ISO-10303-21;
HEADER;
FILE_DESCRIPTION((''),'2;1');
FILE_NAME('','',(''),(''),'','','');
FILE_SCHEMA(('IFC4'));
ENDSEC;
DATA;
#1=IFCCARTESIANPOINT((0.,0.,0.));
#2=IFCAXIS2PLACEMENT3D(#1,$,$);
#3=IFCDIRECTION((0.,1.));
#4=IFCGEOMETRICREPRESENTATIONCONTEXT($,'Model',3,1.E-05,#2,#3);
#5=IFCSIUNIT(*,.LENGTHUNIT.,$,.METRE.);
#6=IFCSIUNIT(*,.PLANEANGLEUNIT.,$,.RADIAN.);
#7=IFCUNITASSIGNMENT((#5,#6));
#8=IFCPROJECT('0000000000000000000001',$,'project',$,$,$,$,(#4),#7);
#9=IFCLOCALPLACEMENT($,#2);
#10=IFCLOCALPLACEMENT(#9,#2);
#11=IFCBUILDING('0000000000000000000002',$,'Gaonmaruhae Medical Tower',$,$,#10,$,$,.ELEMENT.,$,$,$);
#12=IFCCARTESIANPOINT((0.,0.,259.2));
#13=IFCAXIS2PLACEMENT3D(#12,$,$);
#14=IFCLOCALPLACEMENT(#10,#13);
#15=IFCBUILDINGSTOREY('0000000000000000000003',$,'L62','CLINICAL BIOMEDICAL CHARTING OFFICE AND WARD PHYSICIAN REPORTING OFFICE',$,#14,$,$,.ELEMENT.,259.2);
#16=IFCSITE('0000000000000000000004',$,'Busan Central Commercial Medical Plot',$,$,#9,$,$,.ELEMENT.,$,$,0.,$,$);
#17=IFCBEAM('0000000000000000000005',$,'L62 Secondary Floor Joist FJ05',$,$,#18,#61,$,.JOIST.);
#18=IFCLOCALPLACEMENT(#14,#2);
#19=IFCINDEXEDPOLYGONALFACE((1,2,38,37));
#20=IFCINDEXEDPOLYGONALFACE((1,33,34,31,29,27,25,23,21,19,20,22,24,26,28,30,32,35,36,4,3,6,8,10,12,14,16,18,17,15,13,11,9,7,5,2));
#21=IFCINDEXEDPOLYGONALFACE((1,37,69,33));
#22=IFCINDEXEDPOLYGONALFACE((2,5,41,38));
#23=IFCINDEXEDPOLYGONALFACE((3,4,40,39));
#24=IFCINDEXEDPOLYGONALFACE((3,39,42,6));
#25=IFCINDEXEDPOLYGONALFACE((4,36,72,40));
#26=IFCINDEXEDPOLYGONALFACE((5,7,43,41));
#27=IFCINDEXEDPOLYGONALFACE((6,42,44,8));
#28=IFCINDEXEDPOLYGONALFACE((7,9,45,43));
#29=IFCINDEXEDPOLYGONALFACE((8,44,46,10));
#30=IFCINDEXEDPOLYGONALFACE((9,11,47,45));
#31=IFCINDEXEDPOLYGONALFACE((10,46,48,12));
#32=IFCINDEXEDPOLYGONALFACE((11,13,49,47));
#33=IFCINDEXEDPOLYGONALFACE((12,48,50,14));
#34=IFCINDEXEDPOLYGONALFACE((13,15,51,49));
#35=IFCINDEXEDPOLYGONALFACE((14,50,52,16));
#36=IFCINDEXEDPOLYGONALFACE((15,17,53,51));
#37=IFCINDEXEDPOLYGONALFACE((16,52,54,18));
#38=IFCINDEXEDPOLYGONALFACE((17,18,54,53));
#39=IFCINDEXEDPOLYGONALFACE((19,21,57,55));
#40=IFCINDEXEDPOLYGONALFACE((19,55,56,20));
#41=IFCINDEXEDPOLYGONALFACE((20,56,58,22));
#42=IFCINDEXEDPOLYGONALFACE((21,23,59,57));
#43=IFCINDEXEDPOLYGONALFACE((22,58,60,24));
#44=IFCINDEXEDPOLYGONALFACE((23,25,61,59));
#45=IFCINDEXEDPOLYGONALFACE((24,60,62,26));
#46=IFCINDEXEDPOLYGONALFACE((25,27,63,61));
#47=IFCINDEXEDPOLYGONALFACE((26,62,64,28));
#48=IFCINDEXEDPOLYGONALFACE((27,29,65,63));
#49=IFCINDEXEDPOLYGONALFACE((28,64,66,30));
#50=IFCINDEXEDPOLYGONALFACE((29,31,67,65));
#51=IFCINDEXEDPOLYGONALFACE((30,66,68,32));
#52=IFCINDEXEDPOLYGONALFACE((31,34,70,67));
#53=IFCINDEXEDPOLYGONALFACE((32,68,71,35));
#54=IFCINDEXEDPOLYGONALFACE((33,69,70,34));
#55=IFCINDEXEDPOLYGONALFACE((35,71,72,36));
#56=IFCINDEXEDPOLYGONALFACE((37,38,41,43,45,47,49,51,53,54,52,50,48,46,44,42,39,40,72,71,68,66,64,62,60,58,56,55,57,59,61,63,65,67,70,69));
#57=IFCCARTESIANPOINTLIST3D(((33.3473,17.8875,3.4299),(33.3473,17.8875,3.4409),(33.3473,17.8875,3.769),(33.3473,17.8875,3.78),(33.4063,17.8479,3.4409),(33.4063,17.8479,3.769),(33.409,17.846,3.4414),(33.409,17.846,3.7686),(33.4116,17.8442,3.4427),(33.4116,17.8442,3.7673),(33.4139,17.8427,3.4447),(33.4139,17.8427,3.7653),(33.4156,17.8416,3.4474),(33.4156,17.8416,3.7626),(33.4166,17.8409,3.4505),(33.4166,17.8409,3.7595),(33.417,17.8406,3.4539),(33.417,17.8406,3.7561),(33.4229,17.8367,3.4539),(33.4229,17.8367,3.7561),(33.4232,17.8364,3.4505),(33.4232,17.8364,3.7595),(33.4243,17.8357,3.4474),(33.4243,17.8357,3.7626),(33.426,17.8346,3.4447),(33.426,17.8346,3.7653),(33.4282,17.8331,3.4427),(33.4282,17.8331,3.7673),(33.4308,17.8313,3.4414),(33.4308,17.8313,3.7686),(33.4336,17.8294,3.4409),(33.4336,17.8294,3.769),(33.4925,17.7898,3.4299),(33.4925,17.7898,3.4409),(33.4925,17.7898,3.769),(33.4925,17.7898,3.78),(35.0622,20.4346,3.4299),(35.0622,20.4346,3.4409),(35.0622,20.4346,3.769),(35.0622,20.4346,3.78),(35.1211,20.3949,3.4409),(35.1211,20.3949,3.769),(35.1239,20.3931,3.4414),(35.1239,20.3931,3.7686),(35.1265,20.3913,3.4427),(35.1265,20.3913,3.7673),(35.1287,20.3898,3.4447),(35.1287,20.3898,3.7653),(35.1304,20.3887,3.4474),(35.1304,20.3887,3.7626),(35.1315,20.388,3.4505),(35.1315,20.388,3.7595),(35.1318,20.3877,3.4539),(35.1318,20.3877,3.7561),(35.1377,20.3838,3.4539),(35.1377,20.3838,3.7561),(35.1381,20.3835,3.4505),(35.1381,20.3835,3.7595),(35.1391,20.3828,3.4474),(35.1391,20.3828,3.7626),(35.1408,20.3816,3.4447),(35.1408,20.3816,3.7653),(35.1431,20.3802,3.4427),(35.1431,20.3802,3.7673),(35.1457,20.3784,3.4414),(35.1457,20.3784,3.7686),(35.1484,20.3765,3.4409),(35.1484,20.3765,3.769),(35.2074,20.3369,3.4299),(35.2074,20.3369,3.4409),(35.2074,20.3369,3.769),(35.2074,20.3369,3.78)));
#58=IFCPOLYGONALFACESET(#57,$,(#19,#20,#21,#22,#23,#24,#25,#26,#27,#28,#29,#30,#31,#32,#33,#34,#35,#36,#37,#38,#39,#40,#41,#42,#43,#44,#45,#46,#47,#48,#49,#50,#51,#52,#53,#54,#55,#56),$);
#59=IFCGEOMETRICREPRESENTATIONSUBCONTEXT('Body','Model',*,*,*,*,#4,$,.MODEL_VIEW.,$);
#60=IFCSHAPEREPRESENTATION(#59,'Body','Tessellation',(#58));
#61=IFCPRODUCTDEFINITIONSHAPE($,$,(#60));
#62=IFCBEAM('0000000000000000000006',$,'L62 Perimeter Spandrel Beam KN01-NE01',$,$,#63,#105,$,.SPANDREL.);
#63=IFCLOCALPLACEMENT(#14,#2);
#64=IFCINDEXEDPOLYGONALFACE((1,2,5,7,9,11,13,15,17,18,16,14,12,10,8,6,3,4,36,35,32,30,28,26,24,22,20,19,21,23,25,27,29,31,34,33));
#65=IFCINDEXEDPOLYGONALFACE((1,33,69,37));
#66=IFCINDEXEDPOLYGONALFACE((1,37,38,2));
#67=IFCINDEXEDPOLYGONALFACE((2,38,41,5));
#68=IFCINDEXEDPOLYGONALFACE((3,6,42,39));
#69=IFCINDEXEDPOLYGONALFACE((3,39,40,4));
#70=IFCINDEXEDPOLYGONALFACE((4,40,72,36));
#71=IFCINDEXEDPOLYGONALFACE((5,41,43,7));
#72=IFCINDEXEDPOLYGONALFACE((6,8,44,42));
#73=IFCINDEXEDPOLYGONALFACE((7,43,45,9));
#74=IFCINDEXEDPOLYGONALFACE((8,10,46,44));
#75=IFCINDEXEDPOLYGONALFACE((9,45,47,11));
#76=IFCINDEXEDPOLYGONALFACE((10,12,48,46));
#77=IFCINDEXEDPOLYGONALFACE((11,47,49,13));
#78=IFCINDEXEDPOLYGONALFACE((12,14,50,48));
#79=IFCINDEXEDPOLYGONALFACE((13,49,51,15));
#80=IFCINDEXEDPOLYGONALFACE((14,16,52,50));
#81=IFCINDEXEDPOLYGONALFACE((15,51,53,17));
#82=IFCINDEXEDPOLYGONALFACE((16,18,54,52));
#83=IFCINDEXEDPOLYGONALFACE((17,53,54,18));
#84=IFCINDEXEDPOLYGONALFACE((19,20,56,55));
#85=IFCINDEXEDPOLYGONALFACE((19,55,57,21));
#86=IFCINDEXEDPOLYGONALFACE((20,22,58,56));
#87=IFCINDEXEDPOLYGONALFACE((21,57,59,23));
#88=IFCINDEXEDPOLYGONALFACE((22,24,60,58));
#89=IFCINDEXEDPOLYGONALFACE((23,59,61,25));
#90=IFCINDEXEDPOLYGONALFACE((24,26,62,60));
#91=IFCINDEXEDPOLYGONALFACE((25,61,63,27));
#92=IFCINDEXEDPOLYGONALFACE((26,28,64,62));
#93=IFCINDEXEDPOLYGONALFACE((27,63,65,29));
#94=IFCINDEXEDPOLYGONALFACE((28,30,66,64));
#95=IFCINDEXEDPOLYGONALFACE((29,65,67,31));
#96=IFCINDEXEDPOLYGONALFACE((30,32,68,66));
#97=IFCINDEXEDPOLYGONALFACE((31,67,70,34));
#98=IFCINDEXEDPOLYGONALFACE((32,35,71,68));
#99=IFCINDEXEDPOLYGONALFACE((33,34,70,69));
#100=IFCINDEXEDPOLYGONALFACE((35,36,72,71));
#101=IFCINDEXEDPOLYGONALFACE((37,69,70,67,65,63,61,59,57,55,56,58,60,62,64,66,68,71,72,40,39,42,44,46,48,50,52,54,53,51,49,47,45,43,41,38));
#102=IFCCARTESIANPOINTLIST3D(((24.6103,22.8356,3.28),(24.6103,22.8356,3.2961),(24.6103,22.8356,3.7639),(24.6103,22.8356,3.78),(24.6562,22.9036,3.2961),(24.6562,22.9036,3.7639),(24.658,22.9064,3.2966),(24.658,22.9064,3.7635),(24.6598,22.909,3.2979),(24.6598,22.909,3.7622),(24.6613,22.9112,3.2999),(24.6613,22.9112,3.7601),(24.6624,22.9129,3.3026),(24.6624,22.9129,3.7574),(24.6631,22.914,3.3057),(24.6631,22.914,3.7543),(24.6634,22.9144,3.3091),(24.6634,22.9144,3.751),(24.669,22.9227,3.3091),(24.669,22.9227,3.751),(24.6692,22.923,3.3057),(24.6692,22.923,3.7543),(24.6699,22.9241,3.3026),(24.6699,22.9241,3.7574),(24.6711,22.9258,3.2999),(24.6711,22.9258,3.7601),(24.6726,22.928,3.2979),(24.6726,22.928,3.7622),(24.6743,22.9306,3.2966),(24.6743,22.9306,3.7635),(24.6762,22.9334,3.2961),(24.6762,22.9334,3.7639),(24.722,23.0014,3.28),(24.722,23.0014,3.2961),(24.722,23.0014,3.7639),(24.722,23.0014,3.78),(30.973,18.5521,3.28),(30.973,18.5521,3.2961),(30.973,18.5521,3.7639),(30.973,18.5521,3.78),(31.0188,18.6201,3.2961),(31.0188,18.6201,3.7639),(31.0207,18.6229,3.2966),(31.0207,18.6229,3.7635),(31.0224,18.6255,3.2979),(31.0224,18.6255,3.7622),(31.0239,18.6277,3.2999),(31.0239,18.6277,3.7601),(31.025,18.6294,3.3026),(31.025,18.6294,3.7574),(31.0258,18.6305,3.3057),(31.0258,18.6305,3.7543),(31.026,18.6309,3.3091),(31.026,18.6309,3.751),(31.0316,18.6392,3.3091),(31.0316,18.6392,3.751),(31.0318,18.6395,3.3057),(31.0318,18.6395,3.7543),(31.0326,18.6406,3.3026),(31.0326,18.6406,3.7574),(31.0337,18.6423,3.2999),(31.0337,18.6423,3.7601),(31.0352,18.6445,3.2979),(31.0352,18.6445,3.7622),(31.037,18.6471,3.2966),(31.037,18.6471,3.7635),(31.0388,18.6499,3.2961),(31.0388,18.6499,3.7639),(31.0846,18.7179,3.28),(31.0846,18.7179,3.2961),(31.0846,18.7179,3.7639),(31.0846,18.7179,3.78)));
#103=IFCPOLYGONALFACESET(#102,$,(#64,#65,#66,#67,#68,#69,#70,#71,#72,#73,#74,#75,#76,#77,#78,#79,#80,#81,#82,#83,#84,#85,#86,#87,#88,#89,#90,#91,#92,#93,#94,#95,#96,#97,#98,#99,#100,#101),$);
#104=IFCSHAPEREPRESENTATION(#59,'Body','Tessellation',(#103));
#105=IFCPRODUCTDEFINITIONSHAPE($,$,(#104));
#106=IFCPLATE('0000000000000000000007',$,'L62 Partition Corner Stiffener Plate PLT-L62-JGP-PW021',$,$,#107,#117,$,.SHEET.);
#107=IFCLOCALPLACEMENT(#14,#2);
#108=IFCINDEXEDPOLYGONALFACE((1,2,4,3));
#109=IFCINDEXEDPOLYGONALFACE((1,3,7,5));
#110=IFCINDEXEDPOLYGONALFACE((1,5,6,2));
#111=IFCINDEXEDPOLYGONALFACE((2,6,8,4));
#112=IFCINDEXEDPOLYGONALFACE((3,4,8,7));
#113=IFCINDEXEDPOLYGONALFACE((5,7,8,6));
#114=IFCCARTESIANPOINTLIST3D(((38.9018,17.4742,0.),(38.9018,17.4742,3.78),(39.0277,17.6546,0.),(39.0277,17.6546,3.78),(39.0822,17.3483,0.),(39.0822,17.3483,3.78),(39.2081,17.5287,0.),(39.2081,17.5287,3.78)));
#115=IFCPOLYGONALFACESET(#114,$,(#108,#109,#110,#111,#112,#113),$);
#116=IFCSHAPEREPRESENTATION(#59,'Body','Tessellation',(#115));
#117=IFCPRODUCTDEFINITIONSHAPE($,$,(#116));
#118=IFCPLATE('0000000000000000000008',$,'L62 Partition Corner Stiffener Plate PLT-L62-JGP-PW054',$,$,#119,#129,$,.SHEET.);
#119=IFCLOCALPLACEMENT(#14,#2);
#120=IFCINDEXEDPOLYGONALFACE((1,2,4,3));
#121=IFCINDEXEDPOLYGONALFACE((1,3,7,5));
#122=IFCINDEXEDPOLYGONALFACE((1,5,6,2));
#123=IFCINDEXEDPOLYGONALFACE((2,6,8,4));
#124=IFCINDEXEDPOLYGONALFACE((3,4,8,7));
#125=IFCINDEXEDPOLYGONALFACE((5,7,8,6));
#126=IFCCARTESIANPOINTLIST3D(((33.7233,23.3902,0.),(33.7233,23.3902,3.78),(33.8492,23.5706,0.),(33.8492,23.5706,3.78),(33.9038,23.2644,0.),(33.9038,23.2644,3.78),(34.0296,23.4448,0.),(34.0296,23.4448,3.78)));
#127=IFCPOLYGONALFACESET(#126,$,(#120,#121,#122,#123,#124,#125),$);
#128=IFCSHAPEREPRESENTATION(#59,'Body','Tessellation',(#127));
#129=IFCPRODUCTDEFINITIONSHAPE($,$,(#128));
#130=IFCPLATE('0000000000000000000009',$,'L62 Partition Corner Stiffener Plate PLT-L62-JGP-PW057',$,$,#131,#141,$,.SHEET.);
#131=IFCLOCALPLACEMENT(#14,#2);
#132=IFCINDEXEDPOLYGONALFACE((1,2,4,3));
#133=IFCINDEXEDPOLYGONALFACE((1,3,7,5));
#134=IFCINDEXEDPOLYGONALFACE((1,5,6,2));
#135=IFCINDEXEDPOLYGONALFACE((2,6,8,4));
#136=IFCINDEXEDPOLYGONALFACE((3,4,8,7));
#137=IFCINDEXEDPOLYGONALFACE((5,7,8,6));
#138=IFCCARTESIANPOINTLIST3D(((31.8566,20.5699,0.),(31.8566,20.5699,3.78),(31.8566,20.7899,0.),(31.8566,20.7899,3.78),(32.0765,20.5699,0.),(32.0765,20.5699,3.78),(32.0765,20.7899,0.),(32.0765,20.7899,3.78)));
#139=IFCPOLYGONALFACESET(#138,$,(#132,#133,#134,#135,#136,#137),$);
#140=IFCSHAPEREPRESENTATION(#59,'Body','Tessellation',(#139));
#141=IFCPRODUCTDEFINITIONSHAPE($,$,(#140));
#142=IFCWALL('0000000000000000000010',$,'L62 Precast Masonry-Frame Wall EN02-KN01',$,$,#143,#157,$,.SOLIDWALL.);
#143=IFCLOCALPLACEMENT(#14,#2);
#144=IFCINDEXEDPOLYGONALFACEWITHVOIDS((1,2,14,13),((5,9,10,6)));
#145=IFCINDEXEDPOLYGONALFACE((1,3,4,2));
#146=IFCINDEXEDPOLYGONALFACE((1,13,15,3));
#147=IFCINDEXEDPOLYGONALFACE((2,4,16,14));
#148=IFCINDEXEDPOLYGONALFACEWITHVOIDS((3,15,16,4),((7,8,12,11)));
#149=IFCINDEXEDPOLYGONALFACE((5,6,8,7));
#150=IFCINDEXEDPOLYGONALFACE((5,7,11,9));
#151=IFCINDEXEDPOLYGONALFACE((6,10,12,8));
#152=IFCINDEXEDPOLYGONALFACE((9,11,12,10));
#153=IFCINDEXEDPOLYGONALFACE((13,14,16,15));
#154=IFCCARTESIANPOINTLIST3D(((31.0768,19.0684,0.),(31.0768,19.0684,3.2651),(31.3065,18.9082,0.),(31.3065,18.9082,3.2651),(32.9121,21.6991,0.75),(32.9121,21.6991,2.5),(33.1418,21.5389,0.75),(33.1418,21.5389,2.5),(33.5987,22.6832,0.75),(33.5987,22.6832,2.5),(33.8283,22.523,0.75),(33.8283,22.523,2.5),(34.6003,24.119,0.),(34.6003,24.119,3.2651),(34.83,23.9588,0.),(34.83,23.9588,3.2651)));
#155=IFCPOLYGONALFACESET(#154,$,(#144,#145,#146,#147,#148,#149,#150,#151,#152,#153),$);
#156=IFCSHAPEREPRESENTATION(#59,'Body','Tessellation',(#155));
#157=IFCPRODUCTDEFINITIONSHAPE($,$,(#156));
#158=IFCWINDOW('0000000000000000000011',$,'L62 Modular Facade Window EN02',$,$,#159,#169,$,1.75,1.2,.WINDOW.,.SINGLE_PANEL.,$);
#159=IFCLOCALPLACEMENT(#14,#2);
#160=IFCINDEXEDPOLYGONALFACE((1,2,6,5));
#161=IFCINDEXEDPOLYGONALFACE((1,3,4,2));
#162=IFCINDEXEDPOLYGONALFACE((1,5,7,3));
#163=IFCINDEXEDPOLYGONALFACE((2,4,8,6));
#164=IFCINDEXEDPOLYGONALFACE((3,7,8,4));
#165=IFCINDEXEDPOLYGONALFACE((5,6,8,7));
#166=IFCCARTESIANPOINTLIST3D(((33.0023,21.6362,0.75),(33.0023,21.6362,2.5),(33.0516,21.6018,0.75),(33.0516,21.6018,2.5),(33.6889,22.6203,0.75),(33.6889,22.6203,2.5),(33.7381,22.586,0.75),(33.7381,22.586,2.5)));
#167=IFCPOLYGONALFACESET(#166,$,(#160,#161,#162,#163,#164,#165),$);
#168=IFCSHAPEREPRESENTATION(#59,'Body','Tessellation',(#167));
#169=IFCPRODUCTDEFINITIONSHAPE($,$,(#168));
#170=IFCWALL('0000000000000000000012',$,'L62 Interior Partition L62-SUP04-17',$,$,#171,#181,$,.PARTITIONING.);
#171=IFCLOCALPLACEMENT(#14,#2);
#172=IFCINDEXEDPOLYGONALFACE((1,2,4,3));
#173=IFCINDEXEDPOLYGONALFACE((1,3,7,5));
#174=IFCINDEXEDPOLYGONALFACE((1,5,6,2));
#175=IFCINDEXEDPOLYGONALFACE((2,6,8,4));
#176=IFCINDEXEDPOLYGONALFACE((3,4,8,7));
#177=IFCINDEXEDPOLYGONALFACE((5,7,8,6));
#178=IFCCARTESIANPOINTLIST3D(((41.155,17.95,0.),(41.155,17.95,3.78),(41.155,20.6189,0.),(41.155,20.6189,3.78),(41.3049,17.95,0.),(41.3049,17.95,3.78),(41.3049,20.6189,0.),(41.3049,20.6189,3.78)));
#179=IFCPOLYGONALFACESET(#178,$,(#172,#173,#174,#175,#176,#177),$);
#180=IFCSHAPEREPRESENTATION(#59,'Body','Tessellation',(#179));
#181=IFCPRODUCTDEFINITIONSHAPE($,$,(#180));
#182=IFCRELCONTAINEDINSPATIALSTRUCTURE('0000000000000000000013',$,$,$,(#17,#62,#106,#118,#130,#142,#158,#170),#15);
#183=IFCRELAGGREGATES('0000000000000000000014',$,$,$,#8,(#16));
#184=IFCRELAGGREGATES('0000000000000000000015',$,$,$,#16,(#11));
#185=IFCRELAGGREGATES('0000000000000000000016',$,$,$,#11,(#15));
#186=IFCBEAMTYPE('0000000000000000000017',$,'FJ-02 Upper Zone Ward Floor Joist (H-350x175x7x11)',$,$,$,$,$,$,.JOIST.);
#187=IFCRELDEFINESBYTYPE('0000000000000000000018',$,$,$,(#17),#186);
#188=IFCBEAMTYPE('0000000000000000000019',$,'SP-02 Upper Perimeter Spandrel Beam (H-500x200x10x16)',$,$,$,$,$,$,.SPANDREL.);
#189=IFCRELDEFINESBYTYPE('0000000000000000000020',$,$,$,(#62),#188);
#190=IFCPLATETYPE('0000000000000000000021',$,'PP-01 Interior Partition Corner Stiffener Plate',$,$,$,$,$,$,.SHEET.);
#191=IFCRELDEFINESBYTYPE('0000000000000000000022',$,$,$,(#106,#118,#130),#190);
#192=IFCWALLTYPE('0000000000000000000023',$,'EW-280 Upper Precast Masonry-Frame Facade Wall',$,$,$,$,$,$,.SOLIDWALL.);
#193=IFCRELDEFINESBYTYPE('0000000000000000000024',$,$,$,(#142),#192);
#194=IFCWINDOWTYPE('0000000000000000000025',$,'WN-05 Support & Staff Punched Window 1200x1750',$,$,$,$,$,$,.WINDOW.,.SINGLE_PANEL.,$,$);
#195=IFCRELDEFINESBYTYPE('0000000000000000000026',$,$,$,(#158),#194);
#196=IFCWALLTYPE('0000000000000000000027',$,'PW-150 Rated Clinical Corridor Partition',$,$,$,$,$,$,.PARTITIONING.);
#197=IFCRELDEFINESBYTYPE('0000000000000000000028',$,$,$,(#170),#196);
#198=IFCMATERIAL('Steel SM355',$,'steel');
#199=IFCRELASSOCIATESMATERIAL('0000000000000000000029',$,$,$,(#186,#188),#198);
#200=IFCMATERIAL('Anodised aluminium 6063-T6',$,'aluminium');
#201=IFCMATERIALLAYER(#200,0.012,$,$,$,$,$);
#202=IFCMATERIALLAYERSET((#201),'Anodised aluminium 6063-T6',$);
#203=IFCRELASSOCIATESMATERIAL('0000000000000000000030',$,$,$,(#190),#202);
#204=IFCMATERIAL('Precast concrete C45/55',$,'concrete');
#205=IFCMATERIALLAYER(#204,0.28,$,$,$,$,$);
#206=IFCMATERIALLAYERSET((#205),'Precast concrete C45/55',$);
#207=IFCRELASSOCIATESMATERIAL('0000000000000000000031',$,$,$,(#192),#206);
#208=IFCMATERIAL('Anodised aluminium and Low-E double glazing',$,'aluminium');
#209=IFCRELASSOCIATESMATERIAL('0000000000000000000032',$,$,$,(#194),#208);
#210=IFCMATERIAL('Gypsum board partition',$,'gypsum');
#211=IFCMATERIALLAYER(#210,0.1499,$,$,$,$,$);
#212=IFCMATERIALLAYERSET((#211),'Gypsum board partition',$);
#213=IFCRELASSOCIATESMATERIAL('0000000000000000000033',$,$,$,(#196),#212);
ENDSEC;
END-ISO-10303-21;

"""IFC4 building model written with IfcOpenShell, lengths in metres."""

from ifc_helpers import new_model, si_unit, direction, frame, frame_2d, origin, origin_2d, place, context, subcontext, project, spatial, rectangle, i_section, extrude, material, layer, layer_set, material_profile, profile_set, type_object, element, fill, save


model = new_model("IFC4")

# Units and contexts
model_context = context("Model", 3, precision=1e-05, world=origin(), true_north=direction((0.0, 1.0)))
body_context = subcontext(model_context, "Body", "Model", "MODEL_VIEW")
ifc_project = project(units=[si_unit("LENGTHUNIT", "METRE"), si_unit("PLANEANGLEUNIT", "RADIAN")], contexts=[model_context])

# Site, building, storey
site_placement = place(None, origin())
site = spatial("IfcSite", under=ifc_project, at=site_placement, Name="Busan Central Commercial Medical Plot", CompositionType="ELEMENT", RefElevation=0.0)
building_placement = place(site_placement, origin())
building = spatial("IfcBuilding", under=site, at=building_placement, Name="Gaonmaruhae Medical Tower", CompositionType="ELEMENT")
storey_placement = place(building_placement, frame((0.0, 0.0, 259.2)))
storey = spatial("IfcBuildingStorey", under=building, at=storey_placement, Name="L62", Description="CLINICAL BIOMEDICAL CHARTING OFFICE AND WARD PHYSICIAN REPORTING OFFICE", CompositionType="ELEMENT", Elevation=259.2)

# Beams
ifc_material_1 = material(Name="Steel SM355", Category="steel")
ifc_material_profile_1 = material_profile(ifc_material_1, i_section(OverallWidth=0.175, OverallDepth=0.3501, WebThickness=0.0071, FlangeThickness=0.011, FilletRadius=0.0129, at=origin_2d()), Name="H-350x175x7x11")
ifc_profile_set_1 = profile_set([ifc_material_profile_1], Name="Steel SM355")
beam_type_1 = type_object("IfcBeamType", Name="FJ-02 Upper Zone Ward Floor Joist (H-350x175x7x11)", PredefinedType="JOIST", material=ifc_profile_set_1)
beam_1_placement = place(storey_placement, frame((35.1348, 20.3857, 3.605), z_axis=(-0.558474, -0.829522, 0.0), x_axis=(0.829522, -0.558474, 0.0)))
element("IfcBeam", 1, at=beam_1_placement, inside=storey, type_object=beam_type_1, Name="L62 Secondary Floor Joist FJ05", PredefinedType="JOIST", context=body_context, shape_type="SweptSolid", body=[
    extrude(i_section(OverallWidth=0.175, OverallDepth=0.3501, WebThickness=0.0071, FlangeThickness=0.011, FilletRadius=0.0129, at=origin_2d()), origin(), (0.0, 0.0, 1.0), 3.0706),
])
ifc_material_profile_2 = material_profile(ifc_material_1, i_section(OverallWidth=0.2, OverallDepth=0.5, WebThickness=0.01, FlangeThickness=0.0161, FilletRadius=0.0129, at=origin_2d()), Name="H-500x200x10x16")
ifc_profile_set_2 = profile_set([ifc_material_profile_2], Name="Steel SM355")
beam_type_2 = type_object("IfcBeamType", Name="SP-02 Upper Perimeter Spandrel Beam (H-500x200x10x16)", PredefinedType="SPANDREL", material=ifc_profile_set_2)
beam_2_placement = place(storey_placement, frame((31.0288, 18.635, 3.53), z_axis=(-0.82953, 0.558463, 0.0), x_axis=(-0.558463, -0.82953, 0.0)))
element("IfcBeam", 2, at=beam_2_placement, inside=storey, type_object=beam_type_2, Name="L62 Perimeter Spandrel Beam KN01-NE01", PredefinedType="SPANDREL", context=body_context, shape_type="SweptSolid", body=[
    extrude(i_section(OverallWidth=0.2, OverallDepth=0.5, WebThickness=0.01, FlangeThickness=0.0161, FilletRadius=0.0129, at=origin_2d()), origin(), (0.0, 0.0, 1.0), 7.6702),
])

# Plates
ifc_material_2 = material(Name="Anodised aluminium 6063-T6", Category="aluminium")
ifc_layer_1 = layer(ifc_material_2, 0.012)
ifc_layer_set_1 = layer_set([ifc_layer_1], Name="Anodised aluminium 6063-T6")
plate_type = type_object("IfcPlateType", Name="PP-01 Interior Partition Corner Stiffener Plate", PredefinedType="SHEET", material=ifc_layer_set_1)
for number, where, z_axis, x_axis, name in (
    (3, (39.0549, 17.5015, 0.0), (0.0, 0.0, 1.0), (0.572217, 0.820102, 0.0), "L62 Partition Corner Stiffener Plate PLT-L62-JGP-PW021"),
    (4, (33.8765, 23.4175, 0.0), (0.0, 0.0, 1.0), (0.820202, -0.572074, 0.0), "L62 Partition Corner Stiffener Plate PLT-L62-JGP-PW054"),
    (5, (31.9666, 20.6799, 0.0), (0.0, 0.0, 1.0), (-1.0, 0.0, 0.0), "L62 Partition Corner Stiffener Plate PLT-L62-JGP-PW057"),
):
    element("IfcPlate", number, at=place(storey_placement, frame(where, z_axis=z_axis, x_axis=x_axis)), inside=storey, type_object=plate_type, Name=name, PredefinedType="SHEET", context=body_context, shape_type="SweptSolid", body=[
        extrude(rectangle(XDim=0.22, YDim=0.22, at=origin_2d()), origin(), (0.0, 0.0, 1.0), 3.78),
    ])

# Wall, opening, window
ifc_material_3 = material(Name="Precast concrete C45/55", Category="concrete")
ifc_layer_2 = layer(ifc_material_3, 0.28)
ifc_layer_set_2 = layer_set([ifc_layer_2], Name="Precast concrete C45/55")
wall_type_1 = type_object("IfcWallType", Name="EW-280 Upper Precast Masonry-Frame Facade Wall", PredefinedType="SOLIDWALL", material=ifc_layer_set_2)
wall_1_placement = place(storey_placement, frame((31.1917, 18.9883, 0.0), z_axis=(0.0, 0.0, 1.0), x_axis=(0.572161, 0.820142, 0.0)))
wall_1 = element("IfcWall", 6, at=wall_1_placement, inside=storey, type_object=wall_type_1, Name="L62 Precast Masonry-Frame Wall EN02-KN01", PredefinedType="SOLIDWALL", context=body_context, shape_type="SweptSolid", body=[
    extrude(rectangle(XDim=6.1582, YDim=0.28, at=frame_2d((3.0791, 0.0))), origin(), (0.0, 0.0, 1.0), 3.2651),
])
opening_1_placement = place(wall_1_placement, frame((3.2075, 0.0, 0.75)))
opening_1 = element("IfcOpeningElement", 7, at=opening_1_placement, cuts=wall_1, PredefinedType="OPENING", context=body_context, shape_type="SweptSolid", body=[
    extrude(rectangle(XDim=1.2, YDim=1.75, at=frame_2d((0.6001, 0.875))), frame((0.0, 0.1499, 0.0), z_axis=(0.0, -1.0, 0.0), x_axis=(1.0, 0.0, 0.0)), (0.0, 0.0, 1.0), 0.3),
])
ifc_material_4 = material(Name="Anodised aluminium and Low-E double glazing", Category="aluminium")
window_type = type_object("IfcWindowType", Name="WN-05 Support & Staff Punched Window 1200x1750", PartitioningType="SINGLE_PANEL", PredefinedType="WINDOW", material=ifc_material_4)
window_placement = place(opening_1_placement, origin())
window = element("IfcWindow", 8, at=window_placement, inside=storey, type_object=window_type, Name="L62 Modular Facade Window EN02", OverallHeight=1.75, OverallWidth=1.2, PartitioningType="SINGLE_PANEL", PredefinedType="WINDOW", context=body_context, shape_type="SweptSolid", body=[
    extrude(rectangle(XDim=1.2, YDim=1.75, at=frame_2d((0.6001, 0.875))), frame((0.0, 0.03, 0.0), z_axis=(0.0, -1.0, 0.0), x_axis=(1.0, 0.0, 0.0)), (0.0, 0.0, 1.0), 0.0601),
])
fill(opening_1, window)

# Wall
ifc_material_5 = material(Name="Gypsum board partition", Category="gypsum")
ifc_layer_3 = layer(ifc_material_5, 0.1499)
ifc_layer_set_3 = layer_set([ifc_layer_3], Name="Gypsum board partition")
wall_type_2 = type_object("IfcWallType", Name="PW-150 Rated Clinical Corridor Partition", PredefinedType="PARTITIONING", material=ifc_layer_set_3)
wall_2_placement = place(storey_placement, frame((41.23, 17.95, 0.0), z_axis=(0.0, 0.0, 1.0), x_axis=(0.0, 1.0, 0.0)))
element("IfcWall", 9, at=wall_2_placement, inside=storey, type_object=wall_type_2, Name="L62 Interior Partition L62-SUP04-17", PredefinedType="PARTITIONING", context=body_context, shape_type="SweptSolid", body=[
    extrude(rectangle(XDim=2.6689, YDim=0.1499, at=frame_2d((1.3345, 0.0))), origin(), (0.0, 0.0, 1.0), 3.78),
])

save(model, "model.ifc")
